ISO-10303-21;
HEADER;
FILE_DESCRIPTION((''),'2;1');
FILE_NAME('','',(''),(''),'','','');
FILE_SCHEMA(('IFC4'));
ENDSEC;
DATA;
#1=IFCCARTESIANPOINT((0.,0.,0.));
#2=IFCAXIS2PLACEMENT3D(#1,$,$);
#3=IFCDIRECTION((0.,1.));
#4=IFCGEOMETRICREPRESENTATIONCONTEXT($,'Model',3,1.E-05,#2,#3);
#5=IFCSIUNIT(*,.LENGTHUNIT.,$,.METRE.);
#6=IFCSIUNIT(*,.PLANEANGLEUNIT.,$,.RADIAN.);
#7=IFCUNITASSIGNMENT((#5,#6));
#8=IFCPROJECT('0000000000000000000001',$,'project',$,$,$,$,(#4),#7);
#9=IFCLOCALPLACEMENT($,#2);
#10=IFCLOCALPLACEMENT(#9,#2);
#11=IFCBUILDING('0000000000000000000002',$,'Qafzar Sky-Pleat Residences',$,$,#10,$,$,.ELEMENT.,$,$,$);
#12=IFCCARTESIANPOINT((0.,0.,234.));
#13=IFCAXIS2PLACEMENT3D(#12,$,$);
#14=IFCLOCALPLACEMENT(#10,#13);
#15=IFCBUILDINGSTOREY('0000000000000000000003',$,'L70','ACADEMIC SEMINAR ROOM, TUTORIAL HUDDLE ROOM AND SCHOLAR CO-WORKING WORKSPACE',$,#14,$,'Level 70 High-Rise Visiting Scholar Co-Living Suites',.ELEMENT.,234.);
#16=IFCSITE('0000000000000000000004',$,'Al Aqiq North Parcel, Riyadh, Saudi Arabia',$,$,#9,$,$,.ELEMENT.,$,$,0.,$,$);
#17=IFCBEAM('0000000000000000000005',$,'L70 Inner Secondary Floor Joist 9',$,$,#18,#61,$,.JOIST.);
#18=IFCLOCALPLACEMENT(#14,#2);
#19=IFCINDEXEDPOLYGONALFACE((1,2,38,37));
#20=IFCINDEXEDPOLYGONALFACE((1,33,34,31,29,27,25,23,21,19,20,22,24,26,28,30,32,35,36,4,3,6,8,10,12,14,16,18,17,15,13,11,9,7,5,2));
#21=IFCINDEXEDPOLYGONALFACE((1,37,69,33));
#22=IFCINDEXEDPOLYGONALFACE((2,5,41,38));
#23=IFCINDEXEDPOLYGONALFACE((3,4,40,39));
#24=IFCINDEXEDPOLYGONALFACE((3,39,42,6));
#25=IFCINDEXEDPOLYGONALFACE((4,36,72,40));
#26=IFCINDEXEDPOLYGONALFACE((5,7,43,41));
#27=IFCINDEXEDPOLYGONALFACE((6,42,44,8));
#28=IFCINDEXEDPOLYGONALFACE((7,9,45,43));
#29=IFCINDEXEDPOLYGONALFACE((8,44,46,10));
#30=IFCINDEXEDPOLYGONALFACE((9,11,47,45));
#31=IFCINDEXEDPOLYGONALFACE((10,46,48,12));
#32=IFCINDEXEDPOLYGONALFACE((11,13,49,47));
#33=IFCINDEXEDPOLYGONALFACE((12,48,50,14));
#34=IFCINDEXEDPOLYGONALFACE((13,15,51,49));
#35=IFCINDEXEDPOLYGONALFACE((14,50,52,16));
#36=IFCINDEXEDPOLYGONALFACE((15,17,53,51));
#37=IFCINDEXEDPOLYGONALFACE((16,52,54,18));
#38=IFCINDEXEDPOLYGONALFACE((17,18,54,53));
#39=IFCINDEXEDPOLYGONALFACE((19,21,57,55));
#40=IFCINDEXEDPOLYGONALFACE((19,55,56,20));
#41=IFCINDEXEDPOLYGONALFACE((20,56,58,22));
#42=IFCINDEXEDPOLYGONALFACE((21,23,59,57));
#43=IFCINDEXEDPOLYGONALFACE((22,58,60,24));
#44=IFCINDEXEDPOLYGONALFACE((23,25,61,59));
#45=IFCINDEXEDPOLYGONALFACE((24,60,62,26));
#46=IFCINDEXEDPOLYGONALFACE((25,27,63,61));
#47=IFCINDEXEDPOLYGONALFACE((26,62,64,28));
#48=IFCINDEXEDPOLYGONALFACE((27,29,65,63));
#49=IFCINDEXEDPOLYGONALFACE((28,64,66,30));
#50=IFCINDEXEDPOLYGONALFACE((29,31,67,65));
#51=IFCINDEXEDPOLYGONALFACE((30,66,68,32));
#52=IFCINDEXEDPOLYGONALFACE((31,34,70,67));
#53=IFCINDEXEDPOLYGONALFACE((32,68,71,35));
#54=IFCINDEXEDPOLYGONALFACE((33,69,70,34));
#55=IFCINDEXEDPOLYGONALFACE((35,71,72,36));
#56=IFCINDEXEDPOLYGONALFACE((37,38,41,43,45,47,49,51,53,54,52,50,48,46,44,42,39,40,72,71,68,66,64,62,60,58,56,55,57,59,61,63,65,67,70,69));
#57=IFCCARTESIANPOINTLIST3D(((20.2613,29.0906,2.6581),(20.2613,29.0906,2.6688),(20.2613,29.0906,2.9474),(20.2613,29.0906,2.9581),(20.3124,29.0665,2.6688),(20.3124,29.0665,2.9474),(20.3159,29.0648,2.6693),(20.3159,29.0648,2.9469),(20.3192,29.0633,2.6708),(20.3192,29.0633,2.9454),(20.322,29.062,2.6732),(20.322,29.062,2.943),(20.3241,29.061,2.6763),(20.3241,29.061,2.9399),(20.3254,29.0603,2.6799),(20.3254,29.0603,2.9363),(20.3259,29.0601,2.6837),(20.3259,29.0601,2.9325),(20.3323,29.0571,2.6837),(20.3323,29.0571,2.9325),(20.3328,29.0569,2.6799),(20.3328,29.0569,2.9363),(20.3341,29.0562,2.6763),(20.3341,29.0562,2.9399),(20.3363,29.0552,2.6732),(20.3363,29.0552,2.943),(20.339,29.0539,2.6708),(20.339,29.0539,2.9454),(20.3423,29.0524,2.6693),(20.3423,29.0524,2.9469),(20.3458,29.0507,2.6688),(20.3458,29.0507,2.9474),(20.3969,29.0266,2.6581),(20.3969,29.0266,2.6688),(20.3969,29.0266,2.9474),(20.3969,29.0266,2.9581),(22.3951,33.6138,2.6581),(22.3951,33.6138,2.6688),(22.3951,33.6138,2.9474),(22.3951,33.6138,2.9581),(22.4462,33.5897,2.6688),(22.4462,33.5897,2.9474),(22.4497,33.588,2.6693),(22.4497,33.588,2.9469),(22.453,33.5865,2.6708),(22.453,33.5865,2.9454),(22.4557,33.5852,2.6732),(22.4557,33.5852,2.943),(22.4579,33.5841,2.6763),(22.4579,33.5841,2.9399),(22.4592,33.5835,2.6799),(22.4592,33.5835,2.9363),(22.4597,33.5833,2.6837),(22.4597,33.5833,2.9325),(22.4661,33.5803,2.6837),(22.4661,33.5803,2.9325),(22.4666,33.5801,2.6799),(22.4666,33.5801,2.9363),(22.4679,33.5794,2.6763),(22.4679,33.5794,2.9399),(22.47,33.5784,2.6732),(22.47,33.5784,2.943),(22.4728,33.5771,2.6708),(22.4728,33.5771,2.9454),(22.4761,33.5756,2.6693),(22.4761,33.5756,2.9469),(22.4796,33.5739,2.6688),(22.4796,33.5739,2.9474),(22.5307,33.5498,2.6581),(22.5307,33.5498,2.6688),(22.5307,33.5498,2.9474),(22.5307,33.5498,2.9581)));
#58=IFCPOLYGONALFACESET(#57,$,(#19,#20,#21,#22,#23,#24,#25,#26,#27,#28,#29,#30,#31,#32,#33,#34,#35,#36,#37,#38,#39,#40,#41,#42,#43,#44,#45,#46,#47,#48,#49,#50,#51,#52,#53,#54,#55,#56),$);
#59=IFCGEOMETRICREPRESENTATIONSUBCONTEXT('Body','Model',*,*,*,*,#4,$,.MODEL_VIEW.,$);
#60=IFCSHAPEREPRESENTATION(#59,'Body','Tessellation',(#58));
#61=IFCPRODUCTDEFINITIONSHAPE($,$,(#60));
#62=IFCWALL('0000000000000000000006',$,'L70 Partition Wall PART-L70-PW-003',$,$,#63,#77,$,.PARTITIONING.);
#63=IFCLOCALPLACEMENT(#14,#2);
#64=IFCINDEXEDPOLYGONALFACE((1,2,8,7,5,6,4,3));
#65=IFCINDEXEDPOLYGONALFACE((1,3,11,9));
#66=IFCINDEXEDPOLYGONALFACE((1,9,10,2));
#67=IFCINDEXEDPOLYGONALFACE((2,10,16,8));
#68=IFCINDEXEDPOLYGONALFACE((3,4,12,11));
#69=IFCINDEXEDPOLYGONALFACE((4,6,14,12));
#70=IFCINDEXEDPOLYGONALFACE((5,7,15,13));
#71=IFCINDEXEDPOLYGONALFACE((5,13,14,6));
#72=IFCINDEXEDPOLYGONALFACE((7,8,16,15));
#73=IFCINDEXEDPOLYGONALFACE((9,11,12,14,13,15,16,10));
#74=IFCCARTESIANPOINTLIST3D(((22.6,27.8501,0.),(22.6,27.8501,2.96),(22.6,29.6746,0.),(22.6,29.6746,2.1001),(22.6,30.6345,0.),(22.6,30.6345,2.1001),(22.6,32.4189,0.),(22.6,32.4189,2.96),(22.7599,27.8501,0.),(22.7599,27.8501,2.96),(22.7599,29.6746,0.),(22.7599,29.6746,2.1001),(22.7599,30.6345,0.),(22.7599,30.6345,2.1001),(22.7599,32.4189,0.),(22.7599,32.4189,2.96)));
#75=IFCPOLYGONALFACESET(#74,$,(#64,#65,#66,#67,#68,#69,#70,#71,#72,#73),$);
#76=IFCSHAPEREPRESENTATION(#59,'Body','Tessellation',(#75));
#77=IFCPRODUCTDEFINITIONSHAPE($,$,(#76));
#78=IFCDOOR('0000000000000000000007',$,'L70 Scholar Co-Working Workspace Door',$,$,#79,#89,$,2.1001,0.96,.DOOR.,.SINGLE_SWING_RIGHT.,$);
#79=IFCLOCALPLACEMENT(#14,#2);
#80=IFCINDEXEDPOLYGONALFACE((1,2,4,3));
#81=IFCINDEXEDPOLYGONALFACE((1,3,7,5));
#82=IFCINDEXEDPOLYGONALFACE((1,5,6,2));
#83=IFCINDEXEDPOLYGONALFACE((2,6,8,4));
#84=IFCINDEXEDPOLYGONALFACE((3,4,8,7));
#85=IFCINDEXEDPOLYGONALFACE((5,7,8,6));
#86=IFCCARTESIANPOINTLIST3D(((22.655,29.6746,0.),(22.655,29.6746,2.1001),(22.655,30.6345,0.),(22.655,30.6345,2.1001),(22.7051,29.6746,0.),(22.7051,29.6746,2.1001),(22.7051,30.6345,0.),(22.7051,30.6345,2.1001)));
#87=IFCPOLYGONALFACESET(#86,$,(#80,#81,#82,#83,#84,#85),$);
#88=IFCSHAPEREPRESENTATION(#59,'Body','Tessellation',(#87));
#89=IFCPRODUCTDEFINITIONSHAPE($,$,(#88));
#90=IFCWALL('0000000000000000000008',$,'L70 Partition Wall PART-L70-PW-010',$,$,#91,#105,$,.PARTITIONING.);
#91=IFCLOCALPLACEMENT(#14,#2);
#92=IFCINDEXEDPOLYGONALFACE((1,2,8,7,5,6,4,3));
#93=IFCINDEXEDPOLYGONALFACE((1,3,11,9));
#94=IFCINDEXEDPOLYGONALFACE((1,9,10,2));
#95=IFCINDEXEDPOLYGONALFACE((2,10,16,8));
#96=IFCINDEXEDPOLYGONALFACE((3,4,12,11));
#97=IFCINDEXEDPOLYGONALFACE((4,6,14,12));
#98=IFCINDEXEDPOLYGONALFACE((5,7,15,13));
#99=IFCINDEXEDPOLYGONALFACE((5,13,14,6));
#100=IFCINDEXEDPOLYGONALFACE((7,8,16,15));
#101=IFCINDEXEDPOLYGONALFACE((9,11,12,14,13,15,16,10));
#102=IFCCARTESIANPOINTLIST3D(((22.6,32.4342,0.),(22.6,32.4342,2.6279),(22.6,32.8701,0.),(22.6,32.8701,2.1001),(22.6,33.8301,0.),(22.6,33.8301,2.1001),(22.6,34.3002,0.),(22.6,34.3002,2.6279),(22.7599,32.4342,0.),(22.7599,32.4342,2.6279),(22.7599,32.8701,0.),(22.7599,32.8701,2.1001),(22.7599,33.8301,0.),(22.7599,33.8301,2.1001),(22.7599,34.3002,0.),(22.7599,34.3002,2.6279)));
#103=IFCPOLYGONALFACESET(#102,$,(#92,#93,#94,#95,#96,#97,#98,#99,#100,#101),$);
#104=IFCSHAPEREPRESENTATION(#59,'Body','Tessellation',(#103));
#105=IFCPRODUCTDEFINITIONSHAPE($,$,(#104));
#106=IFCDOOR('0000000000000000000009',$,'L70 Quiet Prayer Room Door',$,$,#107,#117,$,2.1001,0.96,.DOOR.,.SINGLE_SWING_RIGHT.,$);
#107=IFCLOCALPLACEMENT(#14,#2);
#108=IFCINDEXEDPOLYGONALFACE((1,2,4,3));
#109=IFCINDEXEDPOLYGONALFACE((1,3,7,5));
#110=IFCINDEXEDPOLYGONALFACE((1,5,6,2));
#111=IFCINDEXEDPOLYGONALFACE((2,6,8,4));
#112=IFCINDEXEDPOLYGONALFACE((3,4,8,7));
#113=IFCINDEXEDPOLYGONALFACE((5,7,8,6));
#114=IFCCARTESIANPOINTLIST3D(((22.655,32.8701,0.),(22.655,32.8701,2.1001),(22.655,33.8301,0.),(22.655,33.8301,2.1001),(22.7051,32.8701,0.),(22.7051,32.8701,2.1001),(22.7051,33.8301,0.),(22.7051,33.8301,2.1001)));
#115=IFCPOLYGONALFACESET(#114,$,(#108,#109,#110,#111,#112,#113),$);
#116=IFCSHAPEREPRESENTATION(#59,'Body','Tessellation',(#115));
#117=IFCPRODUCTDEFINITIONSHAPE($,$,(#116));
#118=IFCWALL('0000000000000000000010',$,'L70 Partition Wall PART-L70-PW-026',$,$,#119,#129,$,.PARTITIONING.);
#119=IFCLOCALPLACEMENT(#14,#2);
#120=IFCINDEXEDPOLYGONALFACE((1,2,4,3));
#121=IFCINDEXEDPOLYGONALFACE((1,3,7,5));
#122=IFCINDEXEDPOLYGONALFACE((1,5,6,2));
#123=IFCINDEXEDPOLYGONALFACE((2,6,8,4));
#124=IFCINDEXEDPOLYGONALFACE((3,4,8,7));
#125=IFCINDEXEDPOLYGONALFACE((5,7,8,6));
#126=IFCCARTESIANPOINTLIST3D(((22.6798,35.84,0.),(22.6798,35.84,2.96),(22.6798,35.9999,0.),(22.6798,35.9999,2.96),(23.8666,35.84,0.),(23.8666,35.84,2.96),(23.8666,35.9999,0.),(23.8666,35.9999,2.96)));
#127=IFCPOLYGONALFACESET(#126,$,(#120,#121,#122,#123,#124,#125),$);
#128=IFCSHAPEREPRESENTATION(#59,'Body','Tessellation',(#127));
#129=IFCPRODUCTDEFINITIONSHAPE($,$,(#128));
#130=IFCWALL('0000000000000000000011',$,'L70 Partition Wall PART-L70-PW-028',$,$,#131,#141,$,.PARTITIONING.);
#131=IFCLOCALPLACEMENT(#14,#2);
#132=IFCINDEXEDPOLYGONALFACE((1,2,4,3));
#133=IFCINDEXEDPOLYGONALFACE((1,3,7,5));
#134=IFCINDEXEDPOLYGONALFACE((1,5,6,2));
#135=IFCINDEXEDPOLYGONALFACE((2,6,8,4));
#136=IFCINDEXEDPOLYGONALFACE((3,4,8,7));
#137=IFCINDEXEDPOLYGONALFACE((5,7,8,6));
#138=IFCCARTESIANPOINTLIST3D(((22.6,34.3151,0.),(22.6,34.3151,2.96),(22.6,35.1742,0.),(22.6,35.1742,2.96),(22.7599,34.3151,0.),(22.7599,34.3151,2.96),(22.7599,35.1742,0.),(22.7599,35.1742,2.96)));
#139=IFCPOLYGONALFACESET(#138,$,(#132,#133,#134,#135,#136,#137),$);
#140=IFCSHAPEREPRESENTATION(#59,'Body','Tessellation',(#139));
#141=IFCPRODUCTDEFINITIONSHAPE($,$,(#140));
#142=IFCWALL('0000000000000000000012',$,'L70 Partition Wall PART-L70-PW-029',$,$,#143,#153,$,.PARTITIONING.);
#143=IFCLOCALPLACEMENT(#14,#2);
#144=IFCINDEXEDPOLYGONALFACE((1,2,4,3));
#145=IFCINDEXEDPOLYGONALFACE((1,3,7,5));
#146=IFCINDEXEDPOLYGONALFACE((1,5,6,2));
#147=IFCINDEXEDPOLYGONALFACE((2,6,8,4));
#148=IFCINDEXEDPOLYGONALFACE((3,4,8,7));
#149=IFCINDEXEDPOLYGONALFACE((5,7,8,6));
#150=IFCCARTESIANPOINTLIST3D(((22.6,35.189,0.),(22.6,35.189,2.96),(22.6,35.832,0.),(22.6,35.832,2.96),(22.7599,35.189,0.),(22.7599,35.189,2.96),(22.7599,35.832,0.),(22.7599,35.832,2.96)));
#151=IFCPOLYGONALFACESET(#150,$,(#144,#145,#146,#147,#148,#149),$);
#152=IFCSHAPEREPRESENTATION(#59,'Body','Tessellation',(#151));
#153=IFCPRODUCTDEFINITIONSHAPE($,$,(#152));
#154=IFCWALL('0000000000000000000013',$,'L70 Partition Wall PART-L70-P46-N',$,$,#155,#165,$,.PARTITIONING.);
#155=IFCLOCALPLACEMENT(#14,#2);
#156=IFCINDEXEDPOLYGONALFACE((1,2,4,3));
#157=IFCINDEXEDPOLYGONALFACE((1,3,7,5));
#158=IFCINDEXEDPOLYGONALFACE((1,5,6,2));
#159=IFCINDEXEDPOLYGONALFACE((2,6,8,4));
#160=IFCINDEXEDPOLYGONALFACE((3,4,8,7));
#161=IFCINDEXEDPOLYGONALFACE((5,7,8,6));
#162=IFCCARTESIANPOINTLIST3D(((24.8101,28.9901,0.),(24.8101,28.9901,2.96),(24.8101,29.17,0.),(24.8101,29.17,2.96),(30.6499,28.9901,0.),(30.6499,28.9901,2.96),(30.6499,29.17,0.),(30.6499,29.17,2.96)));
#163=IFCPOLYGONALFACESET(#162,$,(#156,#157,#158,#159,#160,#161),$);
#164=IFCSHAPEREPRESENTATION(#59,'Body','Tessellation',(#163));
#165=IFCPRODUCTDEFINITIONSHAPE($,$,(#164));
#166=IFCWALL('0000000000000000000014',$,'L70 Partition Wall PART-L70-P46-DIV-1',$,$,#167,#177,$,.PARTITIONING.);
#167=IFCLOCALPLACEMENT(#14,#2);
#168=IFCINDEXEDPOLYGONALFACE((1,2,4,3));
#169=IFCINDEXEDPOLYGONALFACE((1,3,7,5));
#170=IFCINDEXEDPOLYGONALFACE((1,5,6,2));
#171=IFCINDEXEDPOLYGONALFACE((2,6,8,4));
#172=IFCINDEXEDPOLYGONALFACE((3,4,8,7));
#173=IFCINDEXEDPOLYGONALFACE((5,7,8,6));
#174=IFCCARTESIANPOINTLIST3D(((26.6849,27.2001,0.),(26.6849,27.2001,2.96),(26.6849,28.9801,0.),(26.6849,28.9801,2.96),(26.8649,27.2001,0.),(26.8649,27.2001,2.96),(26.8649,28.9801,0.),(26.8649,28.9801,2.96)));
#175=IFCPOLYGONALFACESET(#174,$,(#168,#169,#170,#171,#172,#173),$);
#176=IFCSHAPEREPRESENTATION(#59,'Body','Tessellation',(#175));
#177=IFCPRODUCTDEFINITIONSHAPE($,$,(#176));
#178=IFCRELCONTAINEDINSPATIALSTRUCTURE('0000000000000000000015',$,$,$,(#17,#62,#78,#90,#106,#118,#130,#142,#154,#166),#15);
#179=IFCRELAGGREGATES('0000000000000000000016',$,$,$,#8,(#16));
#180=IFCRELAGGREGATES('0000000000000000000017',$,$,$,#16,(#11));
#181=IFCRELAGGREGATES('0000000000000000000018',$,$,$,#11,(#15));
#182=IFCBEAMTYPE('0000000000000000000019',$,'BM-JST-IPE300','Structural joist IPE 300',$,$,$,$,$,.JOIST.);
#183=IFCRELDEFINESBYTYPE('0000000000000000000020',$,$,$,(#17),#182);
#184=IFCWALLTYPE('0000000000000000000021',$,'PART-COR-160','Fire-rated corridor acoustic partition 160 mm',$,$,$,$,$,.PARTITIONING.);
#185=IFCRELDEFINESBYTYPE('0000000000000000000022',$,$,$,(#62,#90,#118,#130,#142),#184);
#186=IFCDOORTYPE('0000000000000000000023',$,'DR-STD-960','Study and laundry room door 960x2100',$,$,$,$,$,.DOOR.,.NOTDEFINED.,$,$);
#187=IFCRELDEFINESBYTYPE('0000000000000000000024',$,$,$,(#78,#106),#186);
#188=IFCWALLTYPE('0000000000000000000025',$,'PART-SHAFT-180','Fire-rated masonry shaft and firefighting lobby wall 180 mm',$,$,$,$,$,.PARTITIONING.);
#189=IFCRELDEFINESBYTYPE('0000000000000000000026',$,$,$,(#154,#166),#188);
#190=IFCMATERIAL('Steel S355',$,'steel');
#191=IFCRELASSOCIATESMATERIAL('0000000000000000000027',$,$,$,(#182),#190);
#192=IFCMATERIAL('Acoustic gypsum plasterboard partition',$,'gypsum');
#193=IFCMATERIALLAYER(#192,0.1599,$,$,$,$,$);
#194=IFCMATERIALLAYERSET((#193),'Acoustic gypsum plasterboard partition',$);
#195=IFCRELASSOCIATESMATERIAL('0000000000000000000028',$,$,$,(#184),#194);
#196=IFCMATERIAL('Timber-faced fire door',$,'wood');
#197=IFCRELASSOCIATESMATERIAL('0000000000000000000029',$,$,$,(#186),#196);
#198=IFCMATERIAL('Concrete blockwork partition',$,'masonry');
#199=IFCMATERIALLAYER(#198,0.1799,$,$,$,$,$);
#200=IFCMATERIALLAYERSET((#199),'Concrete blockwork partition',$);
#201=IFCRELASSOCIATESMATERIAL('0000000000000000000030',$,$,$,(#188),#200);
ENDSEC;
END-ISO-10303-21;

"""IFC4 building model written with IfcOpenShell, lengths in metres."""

from ifc_helpers import new_model, si_unit, direction, frame, frame_2d, origin, origin_2d, place, context, subcontext, project, spatial, rectangle, i_section, extrude, source, transform, mapped, material, layer, layer_set, material_profile, profile_set, type_object, element, fill, save


model = new_model("IFC4")

# Units and contexts
model_context = context("Model", 3, precision=1e-05, world=origin(), true_north=direction((0.0, 1.0)))
body_context = subcontext(model_context, "Body", "Model", "MODEL_VIEW")
ifc_project = project(units=[si_unit("LENGTHUNIT", "METRE"), si_unit("PLANEANGLEUNIT", "RADIAN")], contexts=[model_context])

# Site, building, storey
site_placement = place(None, origin())
site = spatial("IfcSite", under=ifc_project, at=site_placement, Name="Al Aqiq North Parcel, Riyadh, Saudi Arabia", CompositionType="ELEMENT", RefElevation=0.0)
building_placement = place(site_placement, origin())
building = spatial("IfcBuilding", under=site, at=building_placement, Name="Qafzar Sky-Pleat Residences", CompositionType="ELEMENT")
storey_placement = place(building_placement, frame((0.0, 0.0, 234.0)))
storey = spatial("IfcBuildingStorey", under=building, at=storey_placement, Name="L70", Description="ACADEMIC SEMINAR ROOM, TUTORIAL HUDDLE ROOM AND SCHOLAR CO-WORKING WORKSPACE", LongName="Level 70 High-Rise Visiting Scholar Co-Living Suites", CompositionType="ELEMENT", Elevation=234.0)

# Beam
ifc_material_1 = material(Name="Steel S355", Category="steel")
ifc_material_profile = material_profile(ifc_material_1, i_section(OverallWidth=0.1499, OverallDepth=0.3, WebThickness=0.0071, FlangeThickness=0.0107, FilletRadius=0.0149, at=origin_2d()), Name="IPE 300")
ifc_profile_set = profile_set([ifc_material_profile], Name="Steel S355")
beam_type = type_object("IfcBeamType", Name="BM-JST-IPE300", Description="Structural joist IPE 300", PredefinedType="JOIST", material=ifc_profile_set)
shared_shape_1 = source(origin(), body_context, "Body", "SweptSolid", [
    extrude(i_section(OverallWidth=0.1499, OverallDepth=0.3, WebThickness=0.0071, FlangeThickness=0.0107, FilletRadius=0.0149, at=origin_2d()), origin(), (0.0, 0.0, 1.0), 5.0012),
])
beam_placement = place(storey_placement, frame((22.4629, 33.5818, 2.8081), z_axis=(-0.426653, -0.904416, 0.0), x_axis=(0.904416, -0.426653, 0.0)))
element("IfcBeam", 1, at=beam_placement, inside=storey, type_object=beam_type, Name="L70 Inner Secondary Floor Joist 9", PredefinedType="JOIST", context=body_context, shape_type="MappedRepresentation", body=[
    mapped(shared_shape_1, transform((0.0, 0.0, 0.0), x_axis=(1.0, 0.0, 0.0), y_axis=(0.0, 1.0, 0.0), z_axis=(0.0, 0.0, 1.0), scale=1.0)),
])

# Walls, openings, doors
ifc_material_2 = material(Name="Acoustic gypsum plasterboard partition", Category="gypsum")
ifc_layer_1 = layer(ifc_material_2, 0.1599)
ifc_layer_set_1 = layer_set([ifc_layer_1], Name="Acoustic gypsum plasterboard partition")
wall_type_1 = type_object("IfcWallType", Name="PART-COR-160", Description="Fire-rated corridor acoustic partition 160 mm", PredefinedType="PARTITIONING", material=ifc_layer_set_1)
wall_1_placement = place(storey_placement, frame((22.6799, 27.8501, 0.0), z_axis=(0.0, 0.0, 1.0), x_axis=(0.0, 1.0, 0.0)))
wall_1 = element("IfcWall", 2, at=wall_1_placement, inside=storey, type_object=wall_type_1, Name="L70 Partition Wall PART-L70-PW-003", PredefinedType="PARTITIONING", context=body_context, shape_type="SweptSolid", body=[
    extrude(rectangle(XDim=4.5688, YDim=0.1599, at=frame_2d((2.2844, 0.0))), origin(), (0.0, 0.0, 1.0), 2.96),
])
opening_1_placement = place(wall_1_placement, frame((1.8245, 0.0, 0.0)))
opening_1 = element("IfcOpeningElement", 3, at=opening_1_placement, cuts=wall_1, PredefinedType="OPENING", context=body_context, shape_type="SweptSolid", body=[
    extrude(rectangle(XDim=0.96, YDim=2.1001, at=frame_2d((0.48, 1.05))), frame((0.0, 0.0898, 0.0), z_axis=(0.0, -1.0, 0.0), x_axis=(1.0, 0.0, 0.0)), (0.0, 0.0, 1.0), 0.1799),
])
ifc_material_3 = material(Name="Timber-faced fire door", Category="wood")
door_type_1 = type_object("IfcDoorType", Name="DR-STD-960", Description="Study and laundry room door 960x2100", OperationType="NOTDEFINED", PredefinedType="DOOR", material=ifc_material_3)
shared_shape_2 = source(origin(), body_context, "Body", "SweptSolid", [
    extrude(rectangle(XDim=0.96, YDim=2.1001, at=frame_2d((0.48, 1.05))), frame((0.0, 0.0249, 0.0), z_axis=(0.0, -1.0, 0.0), x_axis=(1.0, 0.0, 0.0)), (0.0, 0.0, 1.0), 0.05),
])
door_1_placement = place(opening_1_placement, origin())
door_1 = element("IfcDoor", 4, at=door_1_placement, inside=storey, type_object=door_type_1, Name="L70 Scholar Co-Working Workspace Door", OperationType="SINGLE_SWING_RIGHT", OverallHeight=2.1001, OverallWidth=0.96, PredefinedType="DOOR", context=body_context, shape_type="MappedRepresentation", body=[
    mapped(shared_shape_2, transform((0.0, 0.0, 0.0), x_axis=(1.0, 0.0, 0.0), y_axis=(0.0, 1.0, 0.0), z_axis=(0.0, 0.0, 1.0), scale=1.0)),
])
fill(opening_1, door_1)
wall_2_placement = place(storey_placement, frame((22.6799, 32.4341, 0.0), z_axis=(0.0, 0.0, 1.0), x_axis=(0.0, 1.0, 0.0)))
wall_2 = element("IfcWall", 5, at=wall_2_placement, inside=storey, type_object=wall_type_1, Name="L70 Partition Wall PART-L70-PW-010", PredefinedType="PARTITIONING", context=body_context, shape_type="SweptSolid", body=[
    extrude(rectangle(XDim=1.866, YDim=0.1599, at=frame_2d((0.9331, 0.0))), origin(), (0.0, 0.0, 1.0), 2.6279),
])
opening_2_placement = place(wall_2_placement, frame((0.436, 0.0, 0.0)))
opening_2 = element("IfcOpeningElement", 6, at=opening_2_placement, cuts=wall_2, PredefinedType="OPENING", context=body_context, shape_type="SweptSolid", body=[
    extrude(rectangle(XDim=0.96, YDim=2.1001, at=frame_2d((0.48, 1.05))), frame((0.0, 0.0898, 0.0), z_axis=(0.0, -1.0, 0.0), x_axis=(1.0, 0.0, 0.0)), (0.0, 0.0, 1.0), 0.1799),
])
door_2_placement = place(opening_2_placement, origin())
door_2 = element("IfcDoor", 7, at=door_2_placement, inside=storey, type_object=door_type_1, Name="L70 Quiet Prayer Room Door", OperationType="SINGLE_SWING_RIGHT", OverallHeight=2.1001, OverallWidth=0.96, PredefinedType="DOOR", context=body_context, shape_type="MappedRepresentation", body=[
    mapped(shared_shape_2, transform((0.0, 0.0, 0.0), x_axis=(1.0, 0.0, 0.0), y_axis=(0.0, 1.0, 0.0), z_axis=(0.0, 0.0, 1.0), scale=1.0)),
])
fill(opening_2, door_2)

# Walls
wall_3_placement = place(storey_placement, frame((22.6799, 35.9199, 0.0), z_axis=(0.0, 0.0, 1.0), x_axis=(1.0, 0.0, 0.0)))
element("IfcWall", 8, at=wall_3_placement, inside=storey, type_object=wall_type_1, Name="L70 Partition Wall PART-L70-PW-026", PredefinedType="PARTITIONING", context=body_context, shape_type="SweptSolid", body=[
    extrude(rectangle(XDim=1.1868, YDim=0.1599, at=frame_2d((0.5933, 0.0))), origin(), (0.0, 0.0, 1.0), 2.96),
])
wall_4_placement = place(storey_placement, frame((22.6799, 34.3149, 0.0), z_axis=(0.0, 0.0, 1.0), x_axis=(0.0, 1.0, 0.0)))
element("IfcWall", 9, at=wall_4_placement, inside=storey, type_object=wall_type_1, Name="L70 Partition Wall PART-L70-PW-028", PredefinedType="PARTITIONING", context=body_context, shape_type="SweptSolid", body=[
    extrude(rectangle(XDim=0.8591, YDim=0.1599, at=frame_2d((0.4297, 0.0))), origin(), (0.0, 0.0, 1.0), 2.96),
])
wall_5_placement = place(storey_placement, frame((22.6799, 35.189, 0.0), z_axis=(0.0, 0.0, 1.0), x_axis=(0.0, 1.0, 0.0)))
element("IfcWall", 10, at=wall_5_placement, inside=storey, type_object=wall_type_1, Name="L70 Partition Wall PART-L70-PW-029", PredefinedType="PARTITIONING", context=body_context, shape_type="SweptSolid", body=[
    extrude(rectangle(XDim=0.6431, YDim=0.1599, at=frame_2d((0.3215, 0.0))), origin(), (0.0, 0.0, 1.0), 2.96),
])
ifc_material_4 = material(Name="Concrete blockwork partition", Category="masonry")
ifc_layer_2 = layer(ifc_material_4, 0.1799)
ifc_layer_set_2 = layer_set([ifc_layer_2], Name="Concrete blockwork partition")
wall_type_2 = type_object("IfcWallType", Name="PART-SHAFT-180", Description="Fire-rated masonry shaft and firefighting lobby wall 180 mm", PredefinedType="PARTITIONING", material=ifc_layer_set_2)
wall_6_placement = place(storey_placement, frame((24.8101, 29.0801, 0.0), z_axis=(0.0, 0.0, 1.0), x_axis=(1.0, 0.0, 0.0)))
element("IfcWall", 11, at=wall_6_placement, inside=storey, type_object=wall_type_2, Name="L70 Partition Wall PART-L70-P46-N", PredefinedType="PARTITIONING", context=body_context, shape_type="SweptSolid", body=[
    extrude(rectangle(XDim=5.8398, YDim=0.1799, at=frame_2d((2.9199, 0.0))), origin(), (0.0, 0.0, 1.0), 2.96),
])

# Wall
wall_7_placement = place(storey_placement, frame((26.7749, 27.2, 0.0), z_axis=(0.0, 0.0, 1.0), x_axis=(0.0, 1.0, 0.0)))
element("IfcWall", 12, at=wall_7_placement, inside=storey, type_object=wall_type_2, Name="L70 Partition Wall PART-L70-P46-DIV-1", PredefinedType="PARTITIONING", context=body_context, shape_type="SweptSolid", body=[
    extrude(rectangle(XDim=1.78, YDim=0.1799, at=frame_2d((0.8901, 0.0))), origin(), (0.0, 0.0, 1.0), 2.96),
])

save(model, "model.ifc")
